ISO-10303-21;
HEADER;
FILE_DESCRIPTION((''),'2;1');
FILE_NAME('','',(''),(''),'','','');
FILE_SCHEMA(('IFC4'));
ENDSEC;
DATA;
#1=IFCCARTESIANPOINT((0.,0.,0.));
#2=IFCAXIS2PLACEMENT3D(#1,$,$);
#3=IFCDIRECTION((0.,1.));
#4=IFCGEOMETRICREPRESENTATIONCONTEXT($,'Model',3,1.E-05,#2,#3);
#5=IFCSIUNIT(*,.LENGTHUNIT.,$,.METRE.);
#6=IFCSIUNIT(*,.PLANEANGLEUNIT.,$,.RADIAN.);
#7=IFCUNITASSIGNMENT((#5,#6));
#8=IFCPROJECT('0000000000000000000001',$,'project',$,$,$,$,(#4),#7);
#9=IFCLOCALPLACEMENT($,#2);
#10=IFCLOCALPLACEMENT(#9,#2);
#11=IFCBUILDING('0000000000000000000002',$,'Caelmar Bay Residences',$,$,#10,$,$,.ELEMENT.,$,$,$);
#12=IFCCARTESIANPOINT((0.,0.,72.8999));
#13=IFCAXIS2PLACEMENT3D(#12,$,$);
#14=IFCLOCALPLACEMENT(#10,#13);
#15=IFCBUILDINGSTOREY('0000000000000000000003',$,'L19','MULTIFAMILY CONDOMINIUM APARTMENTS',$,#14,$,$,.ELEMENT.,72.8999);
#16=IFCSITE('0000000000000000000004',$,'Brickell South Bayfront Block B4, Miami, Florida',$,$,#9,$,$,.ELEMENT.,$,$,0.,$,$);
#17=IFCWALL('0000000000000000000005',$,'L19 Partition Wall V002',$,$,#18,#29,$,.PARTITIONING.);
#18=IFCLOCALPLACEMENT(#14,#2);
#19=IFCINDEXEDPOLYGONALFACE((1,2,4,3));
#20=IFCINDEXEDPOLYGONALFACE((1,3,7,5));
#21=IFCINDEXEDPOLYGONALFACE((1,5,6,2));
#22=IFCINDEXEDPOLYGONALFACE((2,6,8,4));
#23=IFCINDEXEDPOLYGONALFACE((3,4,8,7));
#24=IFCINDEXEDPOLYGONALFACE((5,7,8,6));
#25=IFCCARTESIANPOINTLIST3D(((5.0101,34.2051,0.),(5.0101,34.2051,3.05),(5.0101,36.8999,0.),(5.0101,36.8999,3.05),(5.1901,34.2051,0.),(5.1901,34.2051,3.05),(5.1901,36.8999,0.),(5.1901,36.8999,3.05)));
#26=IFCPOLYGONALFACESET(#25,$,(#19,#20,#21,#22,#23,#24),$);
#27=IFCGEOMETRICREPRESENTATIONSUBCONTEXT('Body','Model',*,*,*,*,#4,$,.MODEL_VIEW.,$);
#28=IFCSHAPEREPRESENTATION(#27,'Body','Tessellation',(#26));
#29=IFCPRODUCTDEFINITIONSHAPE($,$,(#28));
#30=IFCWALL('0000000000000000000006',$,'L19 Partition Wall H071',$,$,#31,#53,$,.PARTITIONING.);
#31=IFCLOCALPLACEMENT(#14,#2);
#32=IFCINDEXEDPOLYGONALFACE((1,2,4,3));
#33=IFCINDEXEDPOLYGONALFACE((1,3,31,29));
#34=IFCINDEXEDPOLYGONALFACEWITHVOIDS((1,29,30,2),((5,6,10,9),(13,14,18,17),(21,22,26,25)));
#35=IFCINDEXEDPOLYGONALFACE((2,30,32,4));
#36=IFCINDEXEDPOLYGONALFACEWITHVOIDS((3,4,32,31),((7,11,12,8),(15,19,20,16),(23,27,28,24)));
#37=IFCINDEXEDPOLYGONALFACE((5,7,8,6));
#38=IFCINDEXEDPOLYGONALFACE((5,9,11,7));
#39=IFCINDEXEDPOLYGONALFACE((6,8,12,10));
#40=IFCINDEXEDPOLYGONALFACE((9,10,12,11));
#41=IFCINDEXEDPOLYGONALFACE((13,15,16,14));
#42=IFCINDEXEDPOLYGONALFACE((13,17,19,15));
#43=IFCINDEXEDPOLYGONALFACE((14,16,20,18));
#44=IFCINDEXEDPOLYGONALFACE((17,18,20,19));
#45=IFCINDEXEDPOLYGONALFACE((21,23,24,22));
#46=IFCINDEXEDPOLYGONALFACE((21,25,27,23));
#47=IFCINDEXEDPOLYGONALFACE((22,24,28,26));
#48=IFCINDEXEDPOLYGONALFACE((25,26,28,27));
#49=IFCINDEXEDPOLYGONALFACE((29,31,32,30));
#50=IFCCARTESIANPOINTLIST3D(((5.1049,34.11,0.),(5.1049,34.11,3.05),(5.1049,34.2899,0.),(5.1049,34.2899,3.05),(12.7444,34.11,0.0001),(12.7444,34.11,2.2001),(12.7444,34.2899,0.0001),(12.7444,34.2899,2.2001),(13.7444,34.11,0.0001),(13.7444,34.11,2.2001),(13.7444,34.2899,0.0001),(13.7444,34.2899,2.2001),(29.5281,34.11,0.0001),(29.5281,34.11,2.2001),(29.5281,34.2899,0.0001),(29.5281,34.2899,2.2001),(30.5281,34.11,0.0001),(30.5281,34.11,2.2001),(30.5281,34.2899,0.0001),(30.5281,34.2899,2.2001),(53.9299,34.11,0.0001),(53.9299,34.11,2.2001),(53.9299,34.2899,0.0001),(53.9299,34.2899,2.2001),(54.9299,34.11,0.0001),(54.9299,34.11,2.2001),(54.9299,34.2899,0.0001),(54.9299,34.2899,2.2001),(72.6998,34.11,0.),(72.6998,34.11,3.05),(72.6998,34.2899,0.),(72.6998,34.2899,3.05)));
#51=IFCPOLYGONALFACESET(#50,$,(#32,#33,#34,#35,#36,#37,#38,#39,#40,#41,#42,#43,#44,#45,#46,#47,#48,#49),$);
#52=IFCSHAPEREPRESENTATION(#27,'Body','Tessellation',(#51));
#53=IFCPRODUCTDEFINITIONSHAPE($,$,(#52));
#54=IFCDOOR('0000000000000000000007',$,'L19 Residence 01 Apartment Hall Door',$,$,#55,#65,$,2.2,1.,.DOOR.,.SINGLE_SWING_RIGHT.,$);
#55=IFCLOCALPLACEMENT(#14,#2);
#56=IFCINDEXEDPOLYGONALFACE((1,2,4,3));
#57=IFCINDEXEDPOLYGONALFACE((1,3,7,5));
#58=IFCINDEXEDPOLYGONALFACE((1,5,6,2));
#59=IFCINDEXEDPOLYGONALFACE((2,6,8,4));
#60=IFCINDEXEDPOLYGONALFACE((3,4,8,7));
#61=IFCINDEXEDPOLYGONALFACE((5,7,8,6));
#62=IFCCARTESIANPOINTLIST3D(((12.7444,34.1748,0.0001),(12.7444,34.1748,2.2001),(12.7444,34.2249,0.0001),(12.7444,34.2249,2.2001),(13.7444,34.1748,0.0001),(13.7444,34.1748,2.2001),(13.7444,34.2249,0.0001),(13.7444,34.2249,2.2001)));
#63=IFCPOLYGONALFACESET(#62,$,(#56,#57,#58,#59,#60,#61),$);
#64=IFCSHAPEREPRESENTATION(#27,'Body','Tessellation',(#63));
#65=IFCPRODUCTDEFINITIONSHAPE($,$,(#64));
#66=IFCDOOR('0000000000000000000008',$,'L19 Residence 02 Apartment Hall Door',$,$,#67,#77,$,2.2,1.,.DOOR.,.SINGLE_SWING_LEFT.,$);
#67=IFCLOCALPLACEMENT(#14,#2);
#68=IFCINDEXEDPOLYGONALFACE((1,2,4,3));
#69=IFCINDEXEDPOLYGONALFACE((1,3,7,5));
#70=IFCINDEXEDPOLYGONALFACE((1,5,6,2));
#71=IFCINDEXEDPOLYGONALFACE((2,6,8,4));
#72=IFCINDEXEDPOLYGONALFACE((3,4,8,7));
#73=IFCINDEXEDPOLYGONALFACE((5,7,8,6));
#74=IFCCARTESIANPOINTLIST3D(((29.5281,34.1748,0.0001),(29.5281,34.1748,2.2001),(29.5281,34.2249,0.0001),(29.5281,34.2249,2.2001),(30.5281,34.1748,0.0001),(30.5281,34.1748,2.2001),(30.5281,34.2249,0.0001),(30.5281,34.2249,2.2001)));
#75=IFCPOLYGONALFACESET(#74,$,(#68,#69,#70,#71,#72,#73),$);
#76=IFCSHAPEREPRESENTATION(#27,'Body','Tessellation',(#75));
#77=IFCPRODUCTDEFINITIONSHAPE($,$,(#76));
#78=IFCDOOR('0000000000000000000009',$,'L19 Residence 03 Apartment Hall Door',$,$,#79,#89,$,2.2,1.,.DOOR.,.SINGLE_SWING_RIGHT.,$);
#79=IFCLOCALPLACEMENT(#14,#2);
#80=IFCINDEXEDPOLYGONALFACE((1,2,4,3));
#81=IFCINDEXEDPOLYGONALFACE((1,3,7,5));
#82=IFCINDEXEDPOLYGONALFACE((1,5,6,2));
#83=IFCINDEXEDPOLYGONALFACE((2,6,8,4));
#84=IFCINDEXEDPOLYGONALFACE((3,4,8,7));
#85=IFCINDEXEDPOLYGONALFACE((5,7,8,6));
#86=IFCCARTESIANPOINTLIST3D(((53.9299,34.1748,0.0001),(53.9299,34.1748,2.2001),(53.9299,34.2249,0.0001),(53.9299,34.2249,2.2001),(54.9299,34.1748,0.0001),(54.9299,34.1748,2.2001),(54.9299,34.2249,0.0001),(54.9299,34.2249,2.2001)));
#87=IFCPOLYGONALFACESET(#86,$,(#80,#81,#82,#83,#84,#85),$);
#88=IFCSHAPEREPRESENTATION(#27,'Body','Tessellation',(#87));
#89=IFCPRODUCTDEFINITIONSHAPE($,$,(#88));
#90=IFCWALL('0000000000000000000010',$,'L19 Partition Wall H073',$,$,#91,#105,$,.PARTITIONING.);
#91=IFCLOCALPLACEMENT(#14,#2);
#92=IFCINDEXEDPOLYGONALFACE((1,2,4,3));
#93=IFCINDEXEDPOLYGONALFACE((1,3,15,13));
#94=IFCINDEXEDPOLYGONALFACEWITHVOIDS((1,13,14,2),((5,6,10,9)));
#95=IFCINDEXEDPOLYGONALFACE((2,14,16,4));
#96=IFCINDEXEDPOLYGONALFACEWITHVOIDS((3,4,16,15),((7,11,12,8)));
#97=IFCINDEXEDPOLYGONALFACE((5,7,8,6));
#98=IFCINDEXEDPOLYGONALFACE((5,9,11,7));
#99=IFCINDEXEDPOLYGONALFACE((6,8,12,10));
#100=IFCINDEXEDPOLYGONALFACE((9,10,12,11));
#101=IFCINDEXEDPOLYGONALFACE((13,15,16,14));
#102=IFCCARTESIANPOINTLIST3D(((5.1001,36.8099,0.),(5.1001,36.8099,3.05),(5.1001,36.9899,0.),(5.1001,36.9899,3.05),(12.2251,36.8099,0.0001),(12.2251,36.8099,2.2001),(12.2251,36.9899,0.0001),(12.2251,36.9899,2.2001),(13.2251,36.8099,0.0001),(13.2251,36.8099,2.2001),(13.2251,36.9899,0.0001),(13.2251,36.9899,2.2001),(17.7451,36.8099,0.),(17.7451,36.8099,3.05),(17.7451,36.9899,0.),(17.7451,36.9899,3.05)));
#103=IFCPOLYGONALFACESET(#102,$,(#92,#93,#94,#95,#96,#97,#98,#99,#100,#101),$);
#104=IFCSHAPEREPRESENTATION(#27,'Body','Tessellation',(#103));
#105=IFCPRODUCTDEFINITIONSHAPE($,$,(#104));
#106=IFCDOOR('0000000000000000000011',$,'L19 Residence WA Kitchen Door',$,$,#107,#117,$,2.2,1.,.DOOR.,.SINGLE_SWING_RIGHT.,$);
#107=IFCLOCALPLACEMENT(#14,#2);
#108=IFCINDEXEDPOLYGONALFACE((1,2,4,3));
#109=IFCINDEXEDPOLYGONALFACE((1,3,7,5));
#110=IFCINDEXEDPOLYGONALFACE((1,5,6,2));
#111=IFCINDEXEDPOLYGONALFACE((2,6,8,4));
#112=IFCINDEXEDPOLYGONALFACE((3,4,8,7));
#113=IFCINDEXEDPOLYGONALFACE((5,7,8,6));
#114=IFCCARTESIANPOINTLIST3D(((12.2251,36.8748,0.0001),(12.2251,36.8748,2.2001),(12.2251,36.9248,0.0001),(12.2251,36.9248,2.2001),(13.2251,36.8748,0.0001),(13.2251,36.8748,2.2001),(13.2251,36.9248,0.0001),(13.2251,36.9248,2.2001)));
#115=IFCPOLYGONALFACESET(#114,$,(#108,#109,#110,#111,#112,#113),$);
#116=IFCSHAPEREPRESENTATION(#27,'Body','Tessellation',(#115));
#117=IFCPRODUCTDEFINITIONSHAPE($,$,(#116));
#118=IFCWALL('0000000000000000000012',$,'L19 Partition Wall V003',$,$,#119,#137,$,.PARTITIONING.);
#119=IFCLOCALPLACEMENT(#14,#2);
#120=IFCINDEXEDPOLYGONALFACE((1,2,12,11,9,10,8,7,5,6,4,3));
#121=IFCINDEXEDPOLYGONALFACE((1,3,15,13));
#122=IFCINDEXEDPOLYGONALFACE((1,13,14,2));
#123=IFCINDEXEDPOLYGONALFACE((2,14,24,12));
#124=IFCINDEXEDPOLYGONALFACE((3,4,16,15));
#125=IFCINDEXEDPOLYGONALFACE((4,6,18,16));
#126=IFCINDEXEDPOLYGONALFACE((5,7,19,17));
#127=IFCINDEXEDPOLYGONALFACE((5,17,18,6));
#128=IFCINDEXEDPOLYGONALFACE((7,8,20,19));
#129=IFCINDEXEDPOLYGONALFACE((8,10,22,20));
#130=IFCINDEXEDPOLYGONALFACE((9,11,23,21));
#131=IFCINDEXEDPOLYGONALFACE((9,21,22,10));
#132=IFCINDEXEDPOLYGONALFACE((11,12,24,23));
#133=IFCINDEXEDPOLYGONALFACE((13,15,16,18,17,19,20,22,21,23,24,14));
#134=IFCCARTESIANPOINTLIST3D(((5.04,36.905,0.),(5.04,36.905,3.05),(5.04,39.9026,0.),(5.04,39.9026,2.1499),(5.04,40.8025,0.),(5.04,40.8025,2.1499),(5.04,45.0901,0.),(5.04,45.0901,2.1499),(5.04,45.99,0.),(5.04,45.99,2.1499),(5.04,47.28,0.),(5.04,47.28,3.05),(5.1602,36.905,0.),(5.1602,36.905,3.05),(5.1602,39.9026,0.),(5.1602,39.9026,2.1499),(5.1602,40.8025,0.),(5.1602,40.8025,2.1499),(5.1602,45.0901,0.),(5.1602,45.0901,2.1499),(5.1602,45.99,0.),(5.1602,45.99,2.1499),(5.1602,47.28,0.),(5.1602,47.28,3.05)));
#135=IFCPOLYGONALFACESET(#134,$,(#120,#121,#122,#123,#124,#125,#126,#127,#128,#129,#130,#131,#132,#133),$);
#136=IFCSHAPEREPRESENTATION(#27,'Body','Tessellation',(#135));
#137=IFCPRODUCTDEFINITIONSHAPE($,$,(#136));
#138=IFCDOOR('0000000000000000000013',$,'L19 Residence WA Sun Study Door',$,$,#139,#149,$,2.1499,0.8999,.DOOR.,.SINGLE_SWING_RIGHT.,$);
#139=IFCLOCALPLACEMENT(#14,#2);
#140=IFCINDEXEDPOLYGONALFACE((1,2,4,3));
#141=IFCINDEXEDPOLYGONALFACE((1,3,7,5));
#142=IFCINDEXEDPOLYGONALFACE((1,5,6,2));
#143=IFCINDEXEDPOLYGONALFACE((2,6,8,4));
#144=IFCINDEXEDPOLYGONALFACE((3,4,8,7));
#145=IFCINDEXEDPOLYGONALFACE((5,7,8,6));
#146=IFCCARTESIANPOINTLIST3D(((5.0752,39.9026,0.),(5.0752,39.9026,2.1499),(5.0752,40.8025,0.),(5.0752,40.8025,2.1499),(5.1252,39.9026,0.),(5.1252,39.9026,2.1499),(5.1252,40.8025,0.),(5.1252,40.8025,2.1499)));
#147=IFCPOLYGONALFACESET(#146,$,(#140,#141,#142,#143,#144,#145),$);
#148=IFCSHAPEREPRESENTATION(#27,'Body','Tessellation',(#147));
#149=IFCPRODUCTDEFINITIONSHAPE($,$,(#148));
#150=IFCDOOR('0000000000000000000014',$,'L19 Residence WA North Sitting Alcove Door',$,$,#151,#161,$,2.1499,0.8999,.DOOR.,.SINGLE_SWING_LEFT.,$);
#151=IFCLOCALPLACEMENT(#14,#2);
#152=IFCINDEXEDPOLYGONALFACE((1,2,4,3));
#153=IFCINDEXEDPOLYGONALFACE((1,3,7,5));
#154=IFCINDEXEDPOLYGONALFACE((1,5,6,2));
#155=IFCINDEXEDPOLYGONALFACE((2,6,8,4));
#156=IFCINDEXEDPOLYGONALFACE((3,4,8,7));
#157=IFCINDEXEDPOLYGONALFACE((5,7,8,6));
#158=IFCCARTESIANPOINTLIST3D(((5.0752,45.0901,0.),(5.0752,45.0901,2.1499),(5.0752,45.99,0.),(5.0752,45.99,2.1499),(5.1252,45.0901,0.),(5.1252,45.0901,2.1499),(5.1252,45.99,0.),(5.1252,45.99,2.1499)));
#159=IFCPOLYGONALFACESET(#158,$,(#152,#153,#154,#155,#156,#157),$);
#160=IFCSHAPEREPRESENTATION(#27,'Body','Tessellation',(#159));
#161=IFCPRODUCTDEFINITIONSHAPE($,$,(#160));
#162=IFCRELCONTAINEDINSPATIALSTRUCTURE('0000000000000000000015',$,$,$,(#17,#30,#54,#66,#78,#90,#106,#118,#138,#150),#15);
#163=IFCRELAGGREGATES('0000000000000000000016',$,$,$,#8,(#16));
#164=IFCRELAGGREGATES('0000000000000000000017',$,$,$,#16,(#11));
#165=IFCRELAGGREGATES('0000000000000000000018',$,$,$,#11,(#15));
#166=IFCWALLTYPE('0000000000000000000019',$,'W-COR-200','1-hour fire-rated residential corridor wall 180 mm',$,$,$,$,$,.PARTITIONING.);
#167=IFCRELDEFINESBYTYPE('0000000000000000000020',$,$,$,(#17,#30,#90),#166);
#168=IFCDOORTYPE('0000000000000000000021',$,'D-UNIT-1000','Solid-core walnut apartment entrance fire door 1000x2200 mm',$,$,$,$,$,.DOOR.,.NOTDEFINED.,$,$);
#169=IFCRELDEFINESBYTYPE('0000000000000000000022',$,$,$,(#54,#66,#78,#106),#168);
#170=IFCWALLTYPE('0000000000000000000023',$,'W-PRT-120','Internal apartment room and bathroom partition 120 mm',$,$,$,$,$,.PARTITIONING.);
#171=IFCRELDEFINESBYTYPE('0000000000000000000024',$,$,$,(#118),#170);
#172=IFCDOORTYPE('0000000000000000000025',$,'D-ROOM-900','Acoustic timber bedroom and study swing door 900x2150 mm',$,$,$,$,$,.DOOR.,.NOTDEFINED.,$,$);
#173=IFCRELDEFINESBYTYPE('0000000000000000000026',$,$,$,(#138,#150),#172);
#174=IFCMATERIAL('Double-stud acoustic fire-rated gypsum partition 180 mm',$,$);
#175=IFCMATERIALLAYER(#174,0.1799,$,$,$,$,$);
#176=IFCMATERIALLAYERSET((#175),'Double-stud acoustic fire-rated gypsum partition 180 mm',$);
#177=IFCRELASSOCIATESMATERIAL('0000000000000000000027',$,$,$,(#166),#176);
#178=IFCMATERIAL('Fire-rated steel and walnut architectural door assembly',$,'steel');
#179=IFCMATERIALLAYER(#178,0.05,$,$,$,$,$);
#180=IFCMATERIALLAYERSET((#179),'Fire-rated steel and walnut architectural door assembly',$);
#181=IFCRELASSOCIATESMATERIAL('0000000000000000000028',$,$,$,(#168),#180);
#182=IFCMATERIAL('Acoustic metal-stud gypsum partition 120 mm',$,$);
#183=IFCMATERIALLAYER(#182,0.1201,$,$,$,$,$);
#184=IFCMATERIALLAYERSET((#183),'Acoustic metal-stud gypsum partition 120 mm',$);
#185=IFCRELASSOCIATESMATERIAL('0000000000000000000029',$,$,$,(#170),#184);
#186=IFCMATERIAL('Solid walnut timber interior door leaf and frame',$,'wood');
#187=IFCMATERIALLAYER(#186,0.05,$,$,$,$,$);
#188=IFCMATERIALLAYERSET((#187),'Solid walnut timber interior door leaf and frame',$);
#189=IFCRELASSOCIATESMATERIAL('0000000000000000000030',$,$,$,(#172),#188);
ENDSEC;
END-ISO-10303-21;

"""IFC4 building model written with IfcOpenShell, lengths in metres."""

from ifc_helpers import new_model, si_unit, direction, frame, frame_2d, origin, place, context, subcontext, project, spatial, rectangle, extrude, material, layer, layer_set, type_object, element, fill, save


model = new_model("IFC4")

# Units and contexts
model_context = context("Model", 3, precision=1e-05, world=origin(), true_north=direction((0.0, 1.0)))
body_context = subcontext(model_context, "Body", "Model", "MODEL_VIEW")
ifc_project = project(units=[si_unit("LENGTHUNIT", "METRE"), si_unit("PLANEANGLEUNIT", "RADIAN")], contexts=[model_context])

# Site, building, storey
site_placement = place(None, origin())
site = spatial("IfcSite", under=ifc_project, at=site_placement, Name="Brickell South Bayfront Block B4, Miami, Florida", CompositionType="ELEMENT", RefElevation=0.0)
building_placement = place(site_placement, origin())
building = spatial("IfcBuilding", under=site, at=building_placement, Name="Caelmar Bay Residences", CompositionType="ELEMENT")
storey_placement = place(building_placement, frame((0.0, 0.0, 72.8999)))
storey = spatial("IfcBuildingStorey", under=building, at=storey_placement, Name="L19", Description="MULTIFAMILY CONDOMINIUM APARTMENTS", CompositionType="ELEMENT", Elevation=72.8999)

# Shared definitions
ifc_material_1 = material(Name="Fire-rated steel and walnut architectural door assembly", Category="steel")

# Wall
ifc_material_2 = material(Name="Double-stud acoustic fire-rated gypsum partition 180 mm")
ifc_layer_1 = layer(ifc_material_2, 0.1799)
ifc_layer_set_1 = layer_set([ifc_layer_1], Name="Double-stud acoustic fire-rated gypsum partition 180 mm")
wall_type_1 = type_object("IfcWallType", Name="W-COR-200", Description="1-hour fire-rated residential corridor wall 180 mm", PredefinedType="PARTITIONING", material=ifc_layer_set_1)
wall_1_placement = place(storey_placement, frame((5.1001, 34.2051, 0.0), z_axis=(0.0, 0.0, 1.0), x_axis=(0.0, 1.0, 0.0)))
element("IfcWall", 1, at=wall_1_placement, inside=storey, type_object=wall_type_1, Name="L19 Partition Wall V002", PredefinedType="PARTITIONING", context=body_context, shape_type="SweptSolid", body=[
    extrude(rectangle(XDim=2.6948, YDim=0.1799, at=frame_2d((1.3474, 0.0))), origin(), (0.0, 0.0, 1.0), 3.05),
])

# Wall, openings, doors
wall_2_placement = place(storey_placement, frame((5.105, 34.2, 0.0), z_axis=(0.0, 0.0, 1.0), x_axis=(1.0, 0.0, 0.0)))
wall_2 = element("IfcWall", 2, at=wall_2_placement, inside=storey, type_object=wall_type_1, Name="L19 Partition Wall H071", PredefinedType="PARTITIONING", context=body_context, shape_type="SweptSolid", body=[
    extrude(rectangle(XDim=67.595, YDim=0.1799, at=frame_2d((33.7974, 0.0))), origin(), (0.0, 0.0, 1.0), 3.05),
])
opening_1_placement = place(wall_2_placement, frame((7.6394, 0.0, 0.0)))
opening_1 = element("IfcOpeningElement", 3, at=opening_1_placement, cuts=wall_2, PredefinedType="OPENING", context=body_context, shape_type="SweptSolid", body=[
    extrude(rectangle(XDim=1.0, YDim=2.2, at=frame_2d((0.5, 1.1001))), frame((0.0, 0.0999, 0.0), z_axis=(0.0, -1.0, 0.0), x_axis=(1.0, 0.0, 0.0)), (0.0, 0.0, 1.0), 0.2),
])
opening_2_placement = place(wall_2_placement, frame((24.4231, 0.0, 0.0)))
opening_2 = element("IfcOpeningElement", 4, at=opening_2_placement, cuts=wall_2, PredefinedType="OPENING", context=body_context, shape_type="SweptSolid", body=[
    extrude(rectangle(XDim=1.0, YDim=2.2, at=frame_2d((0.5, 1.1001))), frame((0.0, 0.0999, 0.0), z_axis=(0.0, -1.0, 0.0), x_axis=(1.0, 0.0, 0.0)), (0.0, 0.0, 1.0), 0.2),
])
opening_3_placement = place(wall_2_placement, frame((48.825, 0.0, 0.0)))
opening_3 = element("IfcOpeningElement", 5, at=opening_3_placement, cuts=wall_2, PredefinedType="OPENING", context=body_context, shape_type="SweptSolid", body=[
    extrude(rectangle(XDim=1.0, YDim=2.2, at=frame_2d((0.5, 1.1001))), frame((0.0, 0.0999, 0.0), z_axis=(0.0, -1.0, 0.0), x_axis=(1.0, 0.0, 0.0)), (0.0, 0.0, 1.0), 0.2),
])
ifc_layer_2 = layer(ifc_material_1, 0.05)
ifc_layer_set_2 = layer_set([ifc_layer_2], Name="Fire-rated steel and walnut architectural door assembly")
door_type_1 = type_object("IfcDoorType", Name="D-UNIT-1000", Description="Solid-core walnut apartment entrance fire door 1000x2200 mm", OperationType="NOTDEFINED", PredefinedType="DOOR", material=ifc_layer_set_2)
door_1_placement = place(opening_1_placement, origin())
door_1 = element("IfcDoor", 6, at=door_1_placement, inside=storey, type_object=door_type_1, Name="L19 Residence 01 Apartment Hall Door", OperationType="SINGLE_SWING_RIGHT", OverallHeight=2.2, OverallWidth=1.0, PredefinedType="DOOR", context=body_context, shape_type="SweptSolid", body=[
    extrude(rectangle(XDim=1.0, YDim=2.2, at=frame_2d((0.5, 1.1001))), frame((0.0, 0.0249, 0.0), z_axis=(0.0, -1.0, 0.0), x_axis=(1.0, 0.0, 0.0)), (0.0, 0.0, 1.0), 0.05),
])
fill(opening_1, door_1)
door_2_placement = place(opening_2_placement, origin())
door_2 = element("IfcDoor", 7, at=door_2_placement, inside=storey, type_object=door_type_1, Name="L19 Residence 02 Apartment Hall Door", OperationType="SINGLE_SWING_LEFT", OverallHeight=2.2, OverallWidth=1.0, PredefinedType="DOOR", context=body_context, shape_type="SweptSolid", body=[
    extrude(rectangle(XDim=1.0, YDim=2.2, at=frame_2d((0.5, 1.1001))), frame((0.0, 0.0249, 0.0), z_axis=(0.0, -1.0, 0.0), x_axis=(1.0, 0.0, 0.0)), (0.0, 0.0, 1.0), 0.05),
])
fill(opening_2, door_2)
door_3_placement = place(opening_3_placement, origin())
door_3 = element("IfcDoor", 8, at=door_3_placement, inside=storey, type_object=door_type_1, Name="L19 Residence 03 Apartment Hall Door", OperationType="SINGLE_SWING_RIGHT", OverallHeight=2.2, OverallWidth=1.0, PredefinedType="DOOR", context=body_context, shape_type="SweptSolid", body=[
    extrude(rectangle(XDim=1.0, YDim=2.2, at=frame_2d((0.5, 1.1001))), frame((0.0, 0.0249, 0.0), z_axis=(0.0, -1.0, 0.0), x_axis=(1.0, 0.0, 0.0)), (0.0, 0.0, 1.0), 0.05),
])
fill(opening_3, door_3)

# Wall, opening, door
wall_3_placement = place(storey_placement, frame((5.1001, 36.8999, 0.0), z_axis=(0.0, 0.0, 1.0), x_axis=(1.0, 0.0, 0.0)))
wall_3 = element("IfcWall", 9, at=wall_3_placement, inside=storey, type_object=wall_type_1, Name="L19 Partition Wall H073", PredefinedType="PARTITIONING", context=body_context, shape_type="SweptSolid", body=[
    extrude(rectangle(XDim=12.645, YDim=0.1799, at=frame_2d((6.3225, 0.0))), origin(), (0.0, 0.0, 1.0), 3.05),
])
opening_4_placement = place(wall_3_placement, frame((7.125, 0.0, 0.0)))
opening_4 = element("IfcOpeningElement", 10, at=opening_4_placement, cuts=wall_3, PredefinedType="OPENING", context=body_context, shape_type="SweptSolid", body=[
    extrude(rectangle(XDim=1.0, YDim=2.2, at=frame_2d((0.5, 1.1001))), frame((0.0, 0.0999, 0.0), z_axis=(0.0, -1.0, 0.0), x_axis=(1.0, 0.0, 0.0)), (0.0, 0.0, 1.0), 0.2),
])
door_4_placement = place(opening_4_placement, origin())
door_4 = element("IfcDoor", 11, at=door_4_placement, inside=storey, type_object=door_type_1, Name="L19 Residence WA Kitchen Door", OperationType="SINGLE_SWING_RIGHT", OverallHeight=2.2, OverallWidth=1.0, PredefinedType="DOOR", context=body_context, shape_type="SweptSolid", body=[
    extrude(rectangle(XDim=1.0, YDim=2.2, at=frame_2d((0.5, 1.1001))), frame((0.0, 0.0249, 0.0), z_axis=(0.0, -1.0, 0.0), x_axis=(1.0, 0.0, 0.0)), (0.0, 0.0, 1.0), 0.05),
])
fill(opening_4, door_4)

# Wall, openings, doors
ifc_material_3 = material(Name="Acoustic metal-stud gypsum partition 120 mm")
ifc_layer_3 = layer(ifc_material_3, 0.1201)
ifc_layer_set_3 = layer_set([ifc_layer_3], Name="Acoustic metal-stud gypsum partition 120 mm")
wall_type_2 = type_object("IfcWallType", Name="W-PRT-120", Description="Internal apartment room and bathroom partition 120 mm", PredefinedType="PARTITIONING", material=ifc_layer_set_3)
wall_4_placement = place(storey_placement, frame((5.1001, 36.905, 0.0), z_axis=(0.0, 0.0, 1.0), x_axis=(0.0, 1.0, 0.0)))
wall_4 = element("IfcWall", 12, at=wall_4_placement, inside=storey, type_object=wall_type_2, Name="L19 Partition Wall V003", PredefinedType="PARTITIONING", context=body_context, shape_type="SweptSolid", body=[
    extrude(rectangle(XDim=10.375, YDim=0.1201, at=frame_2d((5.1875, 0.0))), origin(), (0.0, 0.0, 1.0), 3.05),
])
opening_5_placement = place(wall_4_placement, frame((2.9976, 0.0, 0.0)))
opening_5 = element("IfcOpeningElement", 13, at=opening_5_placement, cuts=wall_4, PredefinedType="OPENING", context=body_context, shape_type="SweptSolid", body=[
    extrude(rectangle(XDim=0.8999, YDim=2.1499, at=frame_2d((0.45, 1.075))), frame((0.0, 0.0701, 0.0), z_axis=(0.0, -1.0, 0.0), x_axis=(1.0, 0.0, 0.0)), (0.0, 0.0, 1.0), 0.1401),
])
opening_6_placement = place(wall_4_placement, frame((8.1851, 0.0, 0.0)))
opening_6 = element("IfcOpeningElement", 14, at=opening_6_placement, cuts=wall_4, PredefinedType="OPENING", context=body_context, shape_type="SweptSolid", body=[
    extrude(rectangle(XDim=0.8999, YDim=2.1499, at=frame_2d((0.45, 1.075))), frame((0.0, 0.0701, 0.0), z_axis=(0.0, -1.0, 0.0), x_axis=(1.0, 0.0, 0.0)), (0.0, 0.0, 1.0), 0.1401),
])
ifc_material_4 = material(Name="Solid walnut timber interior door leaf and frame", Category="wood")
ifc_layer_4 = layer(ifc_material_4, 0.05)
ifc_layer_set_4 = layer_set([ifc_layer_4], Name="Solid walnut timber interior door leaf and frame")
door_type_2 = type_object("IfcDoorType", Name="D-ROOM-900", Description="Acoustic timber bedroom and study swing door 900x2150 mm", OperationType="NOTDEFINED", PredefinedType="DOOR", material=ifc_layer_set_4)
door_5_placement = place(opening_5_placement, origin())
door_5 = element("IfcDoor", 15, at=door_5_placement, inside=storey, type_object=door_type_2, Name="L19 Residence WA Sun Study Door", OperationType="SINGLE_SWING_RIGHT", OverallHeight=2.1499, OverallWidth=0.8999, PredefinedType="DOOR", context=body_context, shape_type="SweptSolid", body=[
    extrude(rectangle(XDim=0.8999, YDim=2.1499, at=frame_2d((0.45, 1.075))), frame((0.0, 0.0249, 0.0), z_axis=(0.0, -1.0, 0.0), x_axis=(1.0, 0.0, 0.0)), (0.0, 0.0, 1.0), 0.05),
])
fill(opening_5, door_5)
door_6_placement = place(opening_6_placement, origin())
door_6 = element("IfcDoor", 16, at=door_6_placement, inside=storey, type_object=door_type_2, Name="L19 Residence WA North Sitting Alcove Door", OperationType="SINGLE_SWING_LEFT", OverallHeight=2.1499, OverallWidth=0.8999, PredefinedType="DOOR", context=body_context, shape_type="SweptSolid", body=[
    extrude(rectangle(XDim=0.8999, YDim=2.1499, at=frame_2d((0.45, 1.075))), frame((0.0, 0.0249, 0.0), z_axis=(0.0, -1.0, 0.0), x_axis=(1.0, 0.0, 0.0)), (0.0, 0.0, 1.0), 0.05),
])
fill(opening_6, door_6)

save(model, "model.ifc")
